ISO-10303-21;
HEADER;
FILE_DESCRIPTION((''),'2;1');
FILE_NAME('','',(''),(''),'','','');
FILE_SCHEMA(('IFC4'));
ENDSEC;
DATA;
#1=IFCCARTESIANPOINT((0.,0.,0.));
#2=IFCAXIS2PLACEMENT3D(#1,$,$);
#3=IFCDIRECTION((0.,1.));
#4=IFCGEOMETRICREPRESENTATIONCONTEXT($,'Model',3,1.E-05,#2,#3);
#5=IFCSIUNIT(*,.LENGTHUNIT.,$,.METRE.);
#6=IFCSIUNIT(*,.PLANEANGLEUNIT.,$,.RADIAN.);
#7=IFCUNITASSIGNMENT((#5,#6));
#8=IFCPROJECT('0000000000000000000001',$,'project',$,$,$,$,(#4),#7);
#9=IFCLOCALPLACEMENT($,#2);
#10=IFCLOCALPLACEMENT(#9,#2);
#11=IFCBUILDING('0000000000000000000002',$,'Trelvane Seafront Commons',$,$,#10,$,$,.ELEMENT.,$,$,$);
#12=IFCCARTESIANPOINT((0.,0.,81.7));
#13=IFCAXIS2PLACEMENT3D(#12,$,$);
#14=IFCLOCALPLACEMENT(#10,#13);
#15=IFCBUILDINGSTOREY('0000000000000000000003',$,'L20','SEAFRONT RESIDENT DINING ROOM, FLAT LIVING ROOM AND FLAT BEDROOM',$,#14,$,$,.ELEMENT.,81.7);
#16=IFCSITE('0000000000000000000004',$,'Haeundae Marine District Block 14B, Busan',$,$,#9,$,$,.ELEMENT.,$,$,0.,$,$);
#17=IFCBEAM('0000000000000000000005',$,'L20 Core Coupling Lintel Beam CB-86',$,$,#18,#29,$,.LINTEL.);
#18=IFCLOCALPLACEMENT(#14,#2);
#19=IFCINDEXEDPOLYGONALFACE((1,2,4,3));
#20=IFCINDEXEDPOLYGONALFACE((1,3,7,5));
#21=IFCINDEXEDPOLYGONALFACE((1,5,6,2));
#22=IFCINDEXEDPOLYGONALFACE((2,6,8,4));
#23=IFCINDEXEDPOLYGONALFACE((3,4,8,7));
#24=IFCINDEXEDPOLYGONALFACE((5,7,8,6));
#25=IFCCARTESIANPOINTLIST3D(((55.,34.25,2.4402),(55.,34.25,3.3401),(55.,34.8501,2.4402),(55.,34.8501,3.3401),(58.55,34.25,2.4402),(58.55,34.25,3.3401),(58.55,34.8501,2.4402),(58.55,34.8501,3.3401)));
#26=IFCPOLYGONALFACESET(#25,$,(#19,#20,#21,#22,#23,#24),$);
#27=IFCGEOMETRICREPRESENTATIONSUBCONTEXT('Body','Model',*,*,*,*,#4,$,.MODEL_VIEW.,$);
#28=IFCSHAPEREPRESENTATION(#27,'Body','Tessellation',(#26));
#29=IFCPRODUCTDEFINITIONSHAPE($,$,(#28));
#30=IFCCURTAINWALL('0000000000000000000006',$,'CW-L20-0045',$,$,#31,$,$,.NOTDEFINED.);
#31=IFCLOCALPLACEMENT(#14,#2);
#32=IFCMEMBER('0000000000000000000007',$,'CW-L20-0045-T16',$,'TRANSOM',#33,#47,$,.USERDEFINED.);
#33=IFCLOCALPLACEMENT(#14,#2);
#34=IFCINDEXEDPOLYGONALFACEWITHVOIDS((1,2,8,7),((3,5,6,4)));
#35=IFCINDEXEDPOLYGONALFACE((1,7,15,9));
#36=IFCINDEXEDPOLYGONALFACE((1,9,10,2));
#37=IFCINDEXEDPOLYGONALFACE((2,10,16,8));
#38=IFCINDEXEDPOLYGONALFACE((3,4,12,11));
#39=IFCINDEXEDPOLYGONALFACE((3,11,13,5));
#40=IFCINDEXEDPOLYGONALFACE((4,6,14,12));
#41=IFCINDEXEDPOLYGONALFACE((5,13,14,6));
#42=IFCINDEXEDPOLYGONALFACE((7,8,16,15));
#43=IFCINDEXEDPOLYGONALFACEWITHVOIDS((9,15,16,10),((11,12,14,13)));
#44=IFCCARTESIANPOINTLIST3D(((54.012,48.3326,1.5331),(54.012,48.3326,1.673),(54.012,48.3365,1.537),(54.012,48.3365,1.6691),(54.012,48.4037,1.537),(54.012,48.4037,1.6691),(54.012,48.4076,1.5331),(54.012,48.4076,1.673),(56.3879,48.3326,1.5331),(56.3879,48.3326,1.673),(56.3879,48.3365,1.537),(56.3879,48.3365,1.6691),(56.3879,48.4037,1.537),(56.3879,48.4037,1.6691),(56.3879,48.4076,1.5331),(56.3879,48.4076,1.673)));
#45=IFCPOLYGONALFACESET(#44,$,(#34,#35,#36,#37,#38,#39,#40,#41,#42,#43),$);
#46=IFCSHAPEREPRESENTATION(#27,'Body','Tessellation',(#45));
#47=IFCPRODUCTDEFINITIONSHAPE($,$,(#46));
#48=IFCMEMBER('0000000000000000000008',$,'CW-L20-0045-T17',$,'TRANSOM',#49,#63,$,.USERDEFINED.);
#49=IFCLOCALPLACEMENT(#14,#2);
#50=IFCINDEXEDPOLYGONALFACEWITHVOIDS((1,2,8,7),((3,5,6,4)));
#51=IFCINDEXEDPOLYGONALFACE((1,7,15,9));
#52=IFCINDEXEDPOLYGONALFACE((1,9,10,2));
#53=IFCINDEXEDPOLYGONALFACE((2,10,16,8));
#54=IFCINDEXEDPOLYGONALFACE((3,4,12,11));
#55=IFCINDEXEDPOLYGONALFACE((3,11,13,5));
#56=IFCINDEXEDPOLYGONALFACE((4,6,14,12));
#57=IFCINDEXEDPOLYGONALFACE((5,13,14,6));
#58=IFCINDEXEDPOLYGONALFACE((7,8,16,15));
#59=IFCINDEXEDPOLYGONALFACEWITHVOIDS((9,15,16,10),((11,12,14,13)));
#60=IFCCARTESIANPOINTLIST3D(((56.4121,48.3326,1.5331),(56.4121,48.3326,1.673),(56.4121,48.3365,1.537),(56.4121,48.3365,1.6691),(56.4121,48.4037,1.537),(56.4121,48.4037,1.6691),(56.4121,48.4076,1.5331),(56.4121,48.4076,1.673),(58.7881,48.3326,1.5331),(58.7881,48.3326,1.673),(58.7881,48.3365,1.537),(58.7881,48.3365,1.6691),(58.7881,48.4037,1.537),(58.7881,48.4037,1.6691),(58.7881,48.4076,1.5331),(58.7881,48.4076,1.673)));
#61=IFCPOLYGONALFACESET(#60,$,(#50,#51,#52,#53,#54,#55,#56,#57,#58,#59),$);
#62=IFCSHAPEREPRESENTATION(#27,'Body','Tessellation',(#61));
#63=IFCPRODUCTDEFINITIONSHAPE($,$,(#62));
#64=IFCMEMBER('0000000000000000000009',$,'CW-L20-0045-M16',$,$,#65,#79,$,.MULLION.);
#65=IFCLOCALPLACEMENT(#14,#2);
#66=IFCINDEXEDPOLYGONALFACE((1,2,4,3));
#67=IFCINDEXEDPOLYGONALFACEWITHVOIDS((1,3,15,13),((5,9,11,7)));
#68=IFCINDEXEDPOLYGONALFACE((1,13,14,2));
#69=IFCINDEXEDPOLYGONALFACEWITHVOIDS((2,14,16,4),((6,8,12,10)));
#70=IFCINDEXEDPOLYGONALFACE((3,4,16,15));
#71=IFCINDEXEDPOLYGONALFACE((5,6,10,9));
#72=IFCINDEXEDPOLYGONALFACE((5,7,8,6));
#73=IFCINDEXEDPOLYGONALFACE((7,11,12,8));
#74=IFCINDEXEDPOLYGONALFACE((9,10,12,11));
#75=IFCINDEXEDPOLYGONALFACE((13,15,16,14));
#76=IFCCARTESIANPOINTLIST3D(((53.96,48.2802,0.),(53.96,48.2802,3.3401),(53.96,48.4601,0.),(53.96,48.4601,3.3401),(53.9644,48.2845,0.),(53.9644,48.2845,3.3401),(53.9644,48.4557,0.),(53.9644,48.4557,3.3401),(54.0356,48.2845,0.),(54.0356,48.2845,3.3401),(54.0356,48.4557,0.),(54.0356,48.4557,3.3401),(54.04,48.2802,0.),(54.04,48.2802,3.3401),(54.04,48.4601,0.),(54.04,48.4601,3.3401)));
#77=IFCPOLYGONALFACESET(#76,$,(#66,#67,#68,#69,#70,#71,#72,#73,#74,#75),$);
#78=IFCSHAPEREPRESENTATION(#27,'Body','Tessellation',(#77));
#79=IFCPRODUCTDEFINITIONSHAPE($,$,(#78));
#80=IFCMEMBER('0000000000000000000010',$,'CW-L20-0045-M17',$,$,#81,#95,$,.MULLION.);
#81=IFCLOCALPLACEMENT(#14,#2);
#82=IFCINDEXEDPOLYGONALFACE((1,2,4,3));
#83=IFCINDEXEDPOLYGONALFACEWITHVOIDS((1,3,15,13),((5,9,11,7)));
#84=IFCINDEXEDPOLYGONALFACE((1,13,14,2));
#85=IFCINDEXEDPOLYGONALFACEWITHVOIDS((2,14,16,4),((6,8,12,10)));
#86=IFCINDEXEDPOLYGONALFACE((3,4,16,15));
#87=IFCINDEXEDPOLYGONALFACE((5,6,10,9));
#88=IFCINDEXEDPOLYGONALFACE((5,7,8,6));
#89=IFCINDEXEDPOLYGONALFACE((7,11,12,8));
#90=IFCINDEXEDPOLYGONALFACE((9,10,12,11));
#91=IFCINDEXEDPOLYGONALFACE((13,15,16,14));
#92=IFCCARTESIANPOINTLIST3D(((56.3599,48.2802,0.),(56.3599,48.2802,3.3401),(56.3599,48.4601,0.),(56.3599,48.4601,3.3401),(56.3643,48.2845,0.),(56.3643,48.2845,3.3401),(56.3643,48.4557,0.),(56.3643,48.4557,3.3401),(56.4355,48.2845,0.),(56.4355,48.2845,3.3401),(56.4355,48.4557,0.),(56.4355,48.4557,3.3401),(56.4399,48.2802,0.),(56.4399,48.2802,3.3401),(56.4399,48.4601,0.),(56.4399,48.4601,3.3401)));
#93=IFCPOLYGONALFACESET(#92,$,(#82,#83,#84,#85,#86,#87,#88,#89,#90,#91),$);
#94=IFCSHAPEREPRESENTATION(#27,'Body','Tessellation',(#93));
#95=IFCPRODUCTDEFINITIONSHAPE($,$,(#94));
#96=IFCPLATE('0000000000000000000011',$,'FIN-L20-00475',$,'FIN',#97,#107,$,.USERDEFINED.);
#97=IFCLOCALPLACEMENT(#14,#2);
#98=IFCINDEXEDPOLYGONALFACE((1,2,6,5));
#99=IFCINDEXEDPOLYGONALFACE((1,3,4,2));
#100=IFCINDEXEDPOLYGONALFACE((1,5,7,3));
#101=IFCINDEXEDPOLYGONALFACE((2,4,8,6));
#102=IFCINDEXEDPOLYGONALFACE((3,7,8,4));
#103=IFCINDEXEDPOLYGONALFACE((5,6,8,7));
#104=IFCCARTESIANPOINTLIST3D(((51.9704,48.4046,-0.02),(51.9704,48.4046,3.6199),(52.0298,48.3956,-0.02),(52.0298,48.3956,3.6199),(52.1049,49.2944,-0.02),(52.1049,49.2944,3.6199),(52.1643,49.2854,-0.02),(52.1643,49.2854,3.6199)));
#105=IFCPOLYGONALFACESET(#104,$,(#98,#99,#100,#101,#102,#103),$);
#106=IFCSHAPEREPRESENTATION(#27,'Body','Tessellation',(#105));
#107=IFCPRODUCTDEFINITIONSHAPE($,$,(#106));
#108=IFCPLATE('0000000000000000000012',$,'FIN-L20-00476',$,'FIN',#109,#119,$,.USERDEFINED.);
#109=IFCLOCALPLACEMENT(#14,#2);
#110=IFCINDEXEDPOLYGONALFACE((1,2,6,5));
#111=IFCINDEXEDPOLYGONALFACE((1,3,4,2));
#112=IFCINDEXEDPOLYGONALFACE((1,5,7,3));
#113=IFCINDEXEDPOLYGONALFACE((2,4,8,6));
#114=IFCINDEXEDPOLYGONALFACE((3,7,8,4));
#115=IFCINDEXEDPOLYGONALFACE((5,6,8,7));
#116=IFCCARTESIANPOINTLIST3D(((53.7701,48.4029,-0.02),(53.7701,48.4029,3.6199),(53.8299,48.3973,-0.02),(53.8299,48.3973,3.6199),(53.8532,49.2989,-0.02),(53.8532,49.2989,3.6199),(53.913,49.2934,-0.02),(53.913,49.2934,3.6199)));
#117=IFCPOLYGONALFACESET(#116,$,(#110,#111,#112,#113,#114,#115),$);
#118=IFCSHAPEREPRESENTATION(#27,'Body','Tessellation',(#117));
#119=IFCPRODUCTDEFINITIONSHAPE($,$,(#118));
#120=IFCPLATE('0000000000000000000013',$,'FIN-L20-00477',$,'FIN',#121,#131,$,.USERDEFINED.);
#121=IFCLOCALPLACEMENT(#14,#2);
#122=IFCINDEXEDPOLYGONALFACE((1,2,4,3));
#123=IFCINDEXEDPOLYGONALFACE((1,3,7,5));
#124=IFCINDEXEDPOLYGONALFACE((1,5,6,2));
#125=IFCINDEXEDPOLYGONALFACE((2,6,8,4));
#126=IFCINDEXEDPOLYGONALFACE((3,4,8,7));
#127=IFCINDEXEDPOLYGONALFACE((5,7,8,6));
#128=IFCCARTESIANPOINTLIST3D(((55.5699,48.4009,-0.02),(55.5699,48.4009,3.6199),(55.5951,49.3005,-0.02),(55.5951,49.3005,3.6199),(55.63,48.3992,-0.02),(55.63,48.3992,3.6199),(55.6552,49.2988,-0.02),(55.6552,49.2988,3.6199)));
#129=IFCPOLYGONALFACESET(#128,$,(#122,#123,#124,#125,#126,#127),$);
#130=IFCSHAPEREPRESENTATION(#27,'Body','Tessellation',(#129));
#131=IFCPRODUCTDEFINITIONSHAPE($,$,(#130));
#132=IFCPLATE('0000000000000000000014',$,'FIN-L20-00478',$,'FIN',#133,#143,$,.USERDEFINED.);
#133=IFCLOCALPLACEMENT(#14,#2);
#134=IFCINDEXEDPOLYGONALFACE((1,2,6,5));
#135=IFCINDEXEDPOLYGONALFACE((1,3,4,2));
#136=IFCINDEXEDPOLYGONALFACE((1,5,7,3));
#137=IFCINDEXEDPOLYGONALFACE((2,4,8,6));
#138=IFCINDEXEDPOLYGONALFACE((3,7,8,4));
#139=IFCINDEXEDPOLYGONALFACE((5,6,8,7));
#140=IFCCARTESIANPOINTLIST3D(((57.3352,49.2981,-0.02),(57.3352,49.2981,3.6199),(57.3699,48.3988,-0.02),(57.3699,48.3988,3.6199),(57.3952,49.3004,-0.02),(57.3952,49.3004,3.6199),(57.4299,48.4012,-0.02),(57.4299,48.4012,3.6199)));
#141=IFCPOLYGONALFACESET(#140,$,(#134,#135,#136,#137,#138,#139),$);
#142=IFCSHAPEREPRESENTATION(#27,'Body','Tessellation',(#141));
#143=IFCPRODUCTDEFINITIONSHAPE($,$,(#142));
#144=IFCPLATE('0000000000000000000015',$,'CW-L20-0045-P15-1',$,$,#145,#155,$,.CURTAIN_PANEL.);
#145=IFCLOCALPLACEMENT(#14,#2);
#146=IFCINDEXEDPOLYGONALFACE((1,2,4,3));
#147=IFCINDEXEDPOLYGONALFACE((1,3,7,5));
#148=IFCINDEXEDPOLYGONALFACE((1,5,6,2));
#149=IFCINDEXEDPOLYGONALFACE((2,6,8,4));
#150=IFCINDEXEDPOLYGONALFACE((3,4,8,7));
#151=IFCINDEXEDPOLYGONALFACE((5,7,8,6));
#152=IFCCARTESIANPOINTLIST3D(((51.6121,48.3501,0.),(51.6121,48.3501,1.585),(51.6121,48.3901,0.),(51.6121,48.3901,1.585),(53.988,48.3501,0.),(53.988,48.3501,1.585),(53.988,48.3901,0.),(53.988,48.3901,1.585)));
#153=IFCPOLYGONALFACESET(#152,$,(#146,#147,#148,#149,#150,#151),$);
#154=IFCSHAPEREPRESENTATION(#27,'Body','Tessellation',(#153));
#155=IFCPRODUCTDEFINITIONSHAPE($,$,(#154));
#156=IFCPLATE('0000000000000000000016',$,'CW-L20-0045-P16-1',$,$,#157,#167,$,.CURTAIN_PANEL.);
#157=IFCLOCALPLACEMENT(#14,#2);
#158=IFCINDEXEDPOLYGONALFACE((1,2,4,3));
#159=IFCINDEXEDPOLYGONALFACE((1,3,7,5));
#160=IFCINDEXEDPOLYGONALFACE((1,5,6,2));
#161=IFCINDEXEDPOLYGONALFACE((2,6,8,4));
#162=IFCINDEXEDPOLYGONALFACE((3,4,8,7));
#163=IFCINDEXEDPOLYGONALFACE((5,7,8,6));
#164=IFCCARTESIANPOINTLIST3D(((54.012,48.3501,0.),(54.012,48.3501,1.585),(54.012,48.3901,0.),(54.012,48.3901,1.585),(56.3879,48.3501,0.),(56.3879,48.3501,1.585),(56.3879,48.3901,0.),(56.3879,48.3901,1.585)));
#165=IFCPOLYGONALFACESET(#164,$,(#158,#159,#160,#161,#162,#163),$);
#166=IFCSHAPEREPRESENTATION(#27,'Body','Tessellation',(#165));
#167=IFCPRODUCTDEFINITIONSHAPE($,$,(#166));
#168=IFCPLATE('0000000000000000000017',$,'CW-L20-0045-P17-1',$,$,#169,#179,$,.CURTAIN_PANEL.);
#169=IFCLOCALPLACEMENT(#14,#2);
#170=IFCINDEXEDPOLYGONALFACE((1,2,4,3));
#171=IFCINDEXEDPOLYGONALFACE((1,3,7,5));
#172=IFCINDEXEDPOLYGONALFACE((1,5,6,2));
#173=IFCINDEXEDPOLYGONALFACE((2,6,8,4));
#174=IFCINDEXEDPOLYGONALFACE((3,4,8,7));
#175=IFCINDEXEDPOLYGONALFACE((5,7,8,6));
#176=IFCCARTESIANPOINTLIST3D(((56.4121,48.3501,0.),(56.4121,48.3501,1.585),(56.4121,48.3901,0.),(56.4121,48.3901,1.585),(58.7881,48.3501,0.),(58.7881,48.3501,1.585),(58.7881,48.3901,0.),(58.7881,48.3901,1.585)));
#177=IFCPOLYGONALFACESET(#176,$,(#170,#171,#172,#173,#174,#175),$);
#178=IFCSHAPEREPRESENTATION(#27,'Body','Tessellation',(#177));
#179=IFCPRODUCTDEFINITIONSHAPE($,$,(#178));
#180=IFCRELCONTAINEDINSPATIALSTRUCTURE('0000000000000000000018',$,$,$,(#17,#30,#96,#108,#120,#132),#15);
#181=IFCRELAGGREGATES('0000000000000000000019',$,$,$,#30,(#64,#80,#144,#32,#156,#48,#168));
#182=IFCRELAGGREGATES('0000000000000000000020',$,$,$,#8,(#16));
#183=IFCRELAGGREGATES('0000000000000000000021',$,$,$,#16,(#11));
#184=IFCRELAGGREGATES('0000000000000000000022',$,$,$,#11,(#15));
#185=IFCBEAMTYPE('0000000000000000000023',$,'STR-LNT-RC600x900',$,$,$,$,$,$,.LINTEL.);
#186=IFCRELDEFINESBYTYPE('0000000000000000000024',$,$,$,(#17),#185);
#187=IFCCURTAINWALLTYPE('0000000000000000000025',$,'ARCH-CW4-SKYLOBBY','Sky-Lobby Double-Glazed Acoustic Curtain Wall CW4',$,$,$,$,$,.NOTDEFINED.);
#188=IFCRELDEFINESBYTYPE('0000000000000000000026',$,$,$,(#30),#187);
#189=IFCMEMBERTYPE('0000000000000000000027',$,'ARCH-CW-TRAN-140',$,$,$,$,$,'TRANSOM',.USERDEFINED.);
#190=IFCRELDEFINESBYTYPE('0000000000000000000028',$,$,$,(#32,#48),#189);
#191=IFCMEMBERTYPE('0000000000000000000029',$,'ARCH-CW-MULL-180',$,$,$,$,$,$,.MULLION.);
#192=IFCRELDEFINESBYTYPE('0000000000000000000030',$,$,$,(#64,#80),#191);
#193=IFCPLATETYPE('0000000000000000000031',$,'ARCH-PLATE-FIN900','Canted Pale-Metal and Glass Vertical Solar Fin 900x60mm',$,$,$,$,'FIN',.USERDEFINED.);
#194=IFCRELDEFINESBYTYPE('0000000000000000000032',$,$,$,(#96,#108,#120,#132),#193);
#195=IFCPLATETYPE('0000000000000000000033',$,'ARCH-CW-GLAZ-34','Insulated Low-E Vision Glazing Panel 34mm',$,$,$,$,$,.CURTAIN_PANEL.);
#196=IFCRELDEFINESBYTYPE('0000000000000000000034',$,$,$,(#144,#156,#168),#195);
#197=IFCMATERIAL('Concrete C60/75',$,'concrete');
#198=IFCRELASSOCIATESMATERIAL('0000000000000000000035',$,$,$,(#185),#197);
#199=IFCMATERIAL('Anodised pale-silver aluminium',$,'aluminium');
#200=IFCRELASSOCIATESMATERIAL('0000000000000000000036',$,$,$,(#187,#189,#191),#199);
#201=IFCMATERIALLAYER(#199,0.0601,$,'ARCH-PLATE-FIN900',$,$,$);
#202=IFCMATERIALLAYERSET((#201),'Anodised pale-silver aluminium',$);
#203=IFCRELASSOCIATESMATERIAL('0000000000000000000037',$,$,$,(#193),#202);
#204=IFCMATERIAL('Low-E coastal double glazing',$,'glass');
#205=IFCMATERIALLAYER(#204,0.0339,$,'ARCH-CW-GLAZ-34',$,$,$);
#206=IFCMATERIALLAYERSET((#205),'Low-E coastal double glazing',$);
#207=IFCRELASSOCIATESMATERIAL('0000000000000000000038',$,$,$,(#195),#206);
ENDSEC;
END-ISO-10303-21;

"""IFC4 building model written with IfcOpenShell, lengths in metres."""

from ifc_helpers import new_model, si_unit, direction, frame, origin, origin_2d, place, context, subcontext, project, spatial, rectangle, hollow_rectangle, extrude, source, transform, mapped, material, layer, layer_set, material_profile, profile_set, type_object, element, aggregate, save


model = new_model("IFC4")

# Units and contexts
model_context = context("Model", 3, precision=1e-05, world=origin(), true_north=direction((0.0, 1.0)))
body_context = subcontext(model_context, "Body", "Model", "MODEL_VIEW")
ifc_project = project(units=[si_unit("LENGTHUNIT", "METRE"), si_unit("PLANEANGLEUNIT", "RADIAN")], contexts=[model_context])

# Site, building, storey
site_placement = place(None, origin())
site = spatial("IfcSite", under=ifc_project, at=site_placement, Name="Haeundae Marine District Block 14B, Busan", CompositionType="ELEMENT", RefElevation=0.0)
building_placement = place(site_placement, origin())
building = spatial("IfcBuilding", under=site, at=building_placement, Name="Trelvane Seafront Commons", CompositionType="ELEMENT")
storey_placement = place(building_placement, frame((0.0, 0.0, 81.7)))
storey = spatial("IfcBuildingStorey", under=building, at=storey_placement, Name="L20", Description="SEAFRONT RESIDENT DINING ROOM, FLAT LIVING ROOM AND FLAT BEDROOM", CompositionType="ELEMENT", Elevation=81.7)

# Beam
ifc_material_1 = material(Name="Concrete C60/75", Category="concrete")
ifc_material_profile_1 = material_profile(ifc_material_1, rectangle(XDim=0.6001, YDim=0.8999, at=origin_2d()), Name="RC-600x900")
ifc_profile_set_1 = profile_set([ifc_material_profile_1], Name="Concrete C60/75")
beam_type = type_object("IfcBeamType", Name="STR-LNT-RC600x900", PredefinedType="LINTEL", material=ifc_profile_set_1)
shared_shape_1 = source(origin(), body_context, "Body", "SweptSolid", [
    extrude(rectangle(XDim=0.6001, YDim=0.8999, at=origin_2d()), origin(), (0.0, 0.0, 1.0), 3.55),
])
beam_placement = place(storey_placement, frame((55.0, 34.55, 2.8901), z_axis=(1.0, 0.0, 0.0), x_axis=(0.0, 1.0, 0.0)))
element("IfcBeam", 1, at=beam_placement, inside=storey, type_object=beam_type, Name="L20 Core Coupling Lintel Beam CB-86", PredefinedType="LINTEL", context=body_context, shape_type="MappedRepresentation", body=[
    mapped(shared_shape_1, transform((0.0, 0.0, 0.0), x_axis=(1.0, 0.0, 0.0), y_axis=(0.0, 1.0, 0.0), z_axis=(0.0, 0.0, 1.0), scale=1.0)),
])

# Curtain wall, members
ifc_material_2 = material(Name="Anodised pale-silver aluminium", Category="aluminium")
curtain_wall_type = type_object("IfcCurtainWallType", Name="ARCH-CW4-SKYLOBBY", Description="Sky-Lobby Double-Glazed Acoustic Curtain Wall CW4", PredefinedType="NOTDEFINED", material=ifc_material_2)
curtain_wall_placement = place(storey_placement, origin())
curtain_wall = element("IfcCurtainWall", 2, at=curtain_wall_placement, inside=storey, type_object=curtain_wall_type, Name="CW-L20-0045", PredefinedType="NOTDEFINED")
ifc_material_profile_2 = material_profile(ifc_material_2, hollow_rectangle(XDim=0.075, YDim=0.1399, WallThickness=0.0039, at=origin_2d()), Name="TRAN-75x140x4")
ifc_profile_set_2 = profile_set([ifc_material_profile_2], Name="Anodised pale-silver aluminium")
member_type_1 = type_object("IfcMemberType", Name="ARCH-CW-TRAN-140", ElementType="TRANSOM", PredefinedType="USERDEFINED", material=ifc_profile_set_2)
shared_shape_2 = source(origin(), body_context, "Body", "SweptSolid", [
    extrude(hollow_rectangle(XDim=0.075, YDim=0.1399, WallThickness=0.0039, at=origin_2d()), origin(), (0.0, 0.0, 1.0), 2.376),
])
member_1_placement = place(storey_placement, frame((54.012, 48.3701, 1.603), z_axis=(1.0, 0.0, 0.0), x_axis=(0.0, 1.0, 0.0)))
member_1 = element("IfcMember", 3, at=member_1_placement, type_object=member_type_1, Name="CW-L20-0045-T16", ObjectType="TRANSOM", PredefinedType="USERDEFINED", context=body_context, shape_type="MappedRepresentation", body=[
    mapped(shared_shape_2, transform((0.0, 0.0, 0.0), x_axis=(1.0, 0.0, 0.0), y_axis=(0.0, 1.0, 0.0), z_axis=(0.0, 0.0, 1.0), scale=1.0)),
])
member_2_placement = place(storey_placement, frame((56.4121, 48.3701, 1.603), z_axis=(1.0, 0.0, 0.0), x_axis=(0.0, 1.0, 0.0)))
member_2 = element("IfcMember", 4, at=member_2_placement, type_object=member_type_1, Name="CW-L20-0045-T17", ObjectType="TRANSOM", PredefinedType="USERDEFINED", context=body_context, shape_type="MappedRepresentation", body=[
    mapped(shared_shape_2, transform((0.0, 0.0, 0.0), x_axis=(1.0, 0.0, 0.0), y_axis=(0.0, 1.0, 0.0), z_axis=(0.0, 0.0, 1.0), scale=1.0)),
])
ifc_material_profile_3 = material_profile(ifc_material_2, hollow_rectangle(XDim=0.0801, YDim=0.1799, WallThickness=0.0044, at=origin_2d()), Name="MULL-80x180x4.5")
ifc_profile_set_3 = profile_set([ifc_material_profile_3], Name="Anodised pale-silver aluminium")
member_type_2 = type_object("IfcMemberType", Name="ARCH-CW-MULL-180", PredefinedType="MULLION", material=ifc_profile_set_3)
shared_shape_3 = source(origin(), body_context, "Body", "SweptSolid", [
    extrude(hollow_rectangle(XDim=0.0801, YDim=0.1799, WallThickness=0.0044, at=origin_2d()), origin(), (0.0, 0.0, 1.0), 3.3401),
])
member_3_placement = place(storey_placement, frame((54.0, 48.3701, 0.0), z_axis=(0.0, 0.0, 1.0), x_axis=(1.0, 0.0, 0.0)))
member_3 = element("IfcMember", 5, at=member_3_placement, type_object=member_type_2, Name="CW-L20-0045-M16", PredefinedType="MULLION", context=body_context, shape_type="MappedRepresentation", body=[
    mapped(shared_shape_3, transform((0.0, 0.0, 0.0), x_axis=(1.0, 0.0, 0.0), y_axis=(0.0, 1.0, 0.0), z_axis=(0.0, 0.0, 1.0), scale=1.0)),
])
member_4_placement = place(storey_placement, frame((56.3999, 48.3701, 0.0), z_axis=(0.0, 0.0, 1.0), x_axis=(1.0, 0.0, 0.0)))
member_4 = element("IfcMember", 6, at=member_4_placement, type_object=member_type_2, Name="CW-L20-0045-M17", PredefinedType="MULLION", context=body_context, shape_type="MappedRepresentation", body=[
    mapped(shared_shape_3, transform((0.0, 0.0, 0.0), x_axis=(1.0, 0.0, 0.0), y_axis=(0.0, 1.0, 0.0), z_axis=(0.0, 0.0, 1.0), scale=1.0)),
])

# Plates
ifc_layer_1 = layer(ifc_material_2, 0.0601, Name="ARCH-PLATE-FIN900")
ifc_layer_set_1 = layer_set([ifc_layer_1], Name="Anodised pale-silver aluminium")
plate_type_1 = type_object("IfcPlateType", Name="ARCH-PLATE-FIN900", Description="Canted Pale-Metal and Glass Vertical Solar Fin 900x60mm", ElementType="FIN", PredefinedType="USERDEFINED", material=ifc_layer_set_1)
shared_shape_4 = source(origin(), body_context, "Body", "SweptSolid", [
    extrude(rectangle(XDim=0.8999, YDim=0.0601, at=origin_2d()), origin(), (0.0, 0.0, 1.0), 3.6399),
])
for number, where, z_axis, x_axis, name in (
    (7, (52.0674, 48.845, -0.02), (0.0, 0.0, 1.0), (0.149444, 0.98877, 0.0), "FIN-L20-00475"),
    (8, (53.8416, 48.8481, -0.02), (0.0, 0.0, 1.0), (0.092329, 0.995729, 0.0), "FIN-L20-00476"),
    (9, (55.6125, 48.8499, -0.02), (0.0, 0.0, 1.0), (0.028002, 0.999608, 0.0), "FIN-L20-00477"),
    (10, (57.3826, 48.8496, -0.02), (0.0, 0.0, 1.0), (-0.038557, 0.999256, 0.0), "FIN-L20-00478"),
):
    element("IfcPlate", number, at=place(storey_placement, frame(where, z_axis=z_axis, x_axis=x_axis)), inside=storey, type_object=plate_type_1, Name=name, ObjectType="FIN", PredefinedType="USERDEFINED", context=body_context, shape_type="MappedRepresentation", body=[
        mapped(shared_shape_4, transform((0.0, 0.0, 0.0), x_axis=(1.0, 0.0, 0.0), y_axis=(0.0, 1.0, 0.0), z_axis=(0.0, 0.0, 1.0), scale=1.0)),
    ])

# Plates
ifc_material_3 = material(Name="Low-E coastal double glazing", Category="glass")
ifc_layer_2 = layer(ifc_material_3, 0.0339, Name="ARCH-CW-GLAZ-34")
ifc_layer_set_2 = layer_set([ifc_layer_2], Name="Low-E coastal double glazing")
plate_type_2 = type_object("IfcPlateType", Name="ARCH-CW-GLAZ-34", Description="Insulated Low-E Vision Glazing Panel 34mm", PredefinedType="CURTAIN_PANEL", material=ifc_layer_set_2)
shared_shape_5 = source(origin(), body_context, "Body", "SweptSolid", [
    extrude(rectangle(XDim=2.376, YDim=0.04, at=origin_2d()), origin(), (0.0, 0.0, 1.0), 1.585),
])
plate_1_placement = place(storey_placement, frame((52.8, 48.3701, 0.0), z_axis=(0.0, 0.0, 1.0), x_axis=(1.0, 0.0, 0.0)))
plate_1 = element("IfcPlate", 11, at=plate_1_placement, type_object=plate_type_2, Name="CW-L20-0045-P15-1", PredefinedType="CURTAIN_PANEL", context=body_context, shape_type="MappedRepresentation", body=[
    mapped(shared_shape_5, transform((0.0, 0.0, 0.0), x_axis=(1.0, 0.0, 0.0), y_axis=(0.0, 1.0, 0.0), z_axis=(0.0, 0.0, 1.0), scale=1.0)),
])
plate_2_placement = place(storey_placement, frame((55.2, 48.3701, 0.0), z_axis=(0.0, 0.0, 1.0), x_axis=(1.0, 0.0, 0.0)))
plate_2 = element("IfcPlate", 12, at=plate_2_placement, type_object=plate_type_2, Name="CW-L20-0045-P16-1", PredefinedType="CURTAIN_PANEL", context=body_context, shape_type="MappedRepresentation", body=[
    mapped(shared_shape_5, transform((0.0, 0.0, 0.0), x_axis=(1.0, 0.0, 0.0), y_axis=(0.0, 1.0, 0.0), z_axis=(0.0, 0.0, 1.0), scale=1.0)),
])
plate_3_placement = place(storey_placement, frame((57.6001, 48.3701, 0.0), z_axis=(0.0, 0.0, 1.0), x_axis=(1.0, 0.0, 0.0)))
plate_3 = element("IfcPlate", 13, at=plate_3_placement, type_object=plate_type_2, Name="CW-L20-0045-P17-1", PredefinedType="CURTAIN_PANEL", context=body_context, shape_type="MappedRepresentation", body=[
    mapped(shared_shape_5, transform((0.0, 0.0, 0.0), x_axis=(1.0, 0.0, 0.0), y_axis=(0.0, 1.0, 0.0), z_axis=(0.0, 0.0, 1.0), scale=1.0)),
])
aggregate(curtain_wall, [member_3, member_4, plate_1, member_1, plate_2, member_2, plate_3])

save(model, "model.ifc")
